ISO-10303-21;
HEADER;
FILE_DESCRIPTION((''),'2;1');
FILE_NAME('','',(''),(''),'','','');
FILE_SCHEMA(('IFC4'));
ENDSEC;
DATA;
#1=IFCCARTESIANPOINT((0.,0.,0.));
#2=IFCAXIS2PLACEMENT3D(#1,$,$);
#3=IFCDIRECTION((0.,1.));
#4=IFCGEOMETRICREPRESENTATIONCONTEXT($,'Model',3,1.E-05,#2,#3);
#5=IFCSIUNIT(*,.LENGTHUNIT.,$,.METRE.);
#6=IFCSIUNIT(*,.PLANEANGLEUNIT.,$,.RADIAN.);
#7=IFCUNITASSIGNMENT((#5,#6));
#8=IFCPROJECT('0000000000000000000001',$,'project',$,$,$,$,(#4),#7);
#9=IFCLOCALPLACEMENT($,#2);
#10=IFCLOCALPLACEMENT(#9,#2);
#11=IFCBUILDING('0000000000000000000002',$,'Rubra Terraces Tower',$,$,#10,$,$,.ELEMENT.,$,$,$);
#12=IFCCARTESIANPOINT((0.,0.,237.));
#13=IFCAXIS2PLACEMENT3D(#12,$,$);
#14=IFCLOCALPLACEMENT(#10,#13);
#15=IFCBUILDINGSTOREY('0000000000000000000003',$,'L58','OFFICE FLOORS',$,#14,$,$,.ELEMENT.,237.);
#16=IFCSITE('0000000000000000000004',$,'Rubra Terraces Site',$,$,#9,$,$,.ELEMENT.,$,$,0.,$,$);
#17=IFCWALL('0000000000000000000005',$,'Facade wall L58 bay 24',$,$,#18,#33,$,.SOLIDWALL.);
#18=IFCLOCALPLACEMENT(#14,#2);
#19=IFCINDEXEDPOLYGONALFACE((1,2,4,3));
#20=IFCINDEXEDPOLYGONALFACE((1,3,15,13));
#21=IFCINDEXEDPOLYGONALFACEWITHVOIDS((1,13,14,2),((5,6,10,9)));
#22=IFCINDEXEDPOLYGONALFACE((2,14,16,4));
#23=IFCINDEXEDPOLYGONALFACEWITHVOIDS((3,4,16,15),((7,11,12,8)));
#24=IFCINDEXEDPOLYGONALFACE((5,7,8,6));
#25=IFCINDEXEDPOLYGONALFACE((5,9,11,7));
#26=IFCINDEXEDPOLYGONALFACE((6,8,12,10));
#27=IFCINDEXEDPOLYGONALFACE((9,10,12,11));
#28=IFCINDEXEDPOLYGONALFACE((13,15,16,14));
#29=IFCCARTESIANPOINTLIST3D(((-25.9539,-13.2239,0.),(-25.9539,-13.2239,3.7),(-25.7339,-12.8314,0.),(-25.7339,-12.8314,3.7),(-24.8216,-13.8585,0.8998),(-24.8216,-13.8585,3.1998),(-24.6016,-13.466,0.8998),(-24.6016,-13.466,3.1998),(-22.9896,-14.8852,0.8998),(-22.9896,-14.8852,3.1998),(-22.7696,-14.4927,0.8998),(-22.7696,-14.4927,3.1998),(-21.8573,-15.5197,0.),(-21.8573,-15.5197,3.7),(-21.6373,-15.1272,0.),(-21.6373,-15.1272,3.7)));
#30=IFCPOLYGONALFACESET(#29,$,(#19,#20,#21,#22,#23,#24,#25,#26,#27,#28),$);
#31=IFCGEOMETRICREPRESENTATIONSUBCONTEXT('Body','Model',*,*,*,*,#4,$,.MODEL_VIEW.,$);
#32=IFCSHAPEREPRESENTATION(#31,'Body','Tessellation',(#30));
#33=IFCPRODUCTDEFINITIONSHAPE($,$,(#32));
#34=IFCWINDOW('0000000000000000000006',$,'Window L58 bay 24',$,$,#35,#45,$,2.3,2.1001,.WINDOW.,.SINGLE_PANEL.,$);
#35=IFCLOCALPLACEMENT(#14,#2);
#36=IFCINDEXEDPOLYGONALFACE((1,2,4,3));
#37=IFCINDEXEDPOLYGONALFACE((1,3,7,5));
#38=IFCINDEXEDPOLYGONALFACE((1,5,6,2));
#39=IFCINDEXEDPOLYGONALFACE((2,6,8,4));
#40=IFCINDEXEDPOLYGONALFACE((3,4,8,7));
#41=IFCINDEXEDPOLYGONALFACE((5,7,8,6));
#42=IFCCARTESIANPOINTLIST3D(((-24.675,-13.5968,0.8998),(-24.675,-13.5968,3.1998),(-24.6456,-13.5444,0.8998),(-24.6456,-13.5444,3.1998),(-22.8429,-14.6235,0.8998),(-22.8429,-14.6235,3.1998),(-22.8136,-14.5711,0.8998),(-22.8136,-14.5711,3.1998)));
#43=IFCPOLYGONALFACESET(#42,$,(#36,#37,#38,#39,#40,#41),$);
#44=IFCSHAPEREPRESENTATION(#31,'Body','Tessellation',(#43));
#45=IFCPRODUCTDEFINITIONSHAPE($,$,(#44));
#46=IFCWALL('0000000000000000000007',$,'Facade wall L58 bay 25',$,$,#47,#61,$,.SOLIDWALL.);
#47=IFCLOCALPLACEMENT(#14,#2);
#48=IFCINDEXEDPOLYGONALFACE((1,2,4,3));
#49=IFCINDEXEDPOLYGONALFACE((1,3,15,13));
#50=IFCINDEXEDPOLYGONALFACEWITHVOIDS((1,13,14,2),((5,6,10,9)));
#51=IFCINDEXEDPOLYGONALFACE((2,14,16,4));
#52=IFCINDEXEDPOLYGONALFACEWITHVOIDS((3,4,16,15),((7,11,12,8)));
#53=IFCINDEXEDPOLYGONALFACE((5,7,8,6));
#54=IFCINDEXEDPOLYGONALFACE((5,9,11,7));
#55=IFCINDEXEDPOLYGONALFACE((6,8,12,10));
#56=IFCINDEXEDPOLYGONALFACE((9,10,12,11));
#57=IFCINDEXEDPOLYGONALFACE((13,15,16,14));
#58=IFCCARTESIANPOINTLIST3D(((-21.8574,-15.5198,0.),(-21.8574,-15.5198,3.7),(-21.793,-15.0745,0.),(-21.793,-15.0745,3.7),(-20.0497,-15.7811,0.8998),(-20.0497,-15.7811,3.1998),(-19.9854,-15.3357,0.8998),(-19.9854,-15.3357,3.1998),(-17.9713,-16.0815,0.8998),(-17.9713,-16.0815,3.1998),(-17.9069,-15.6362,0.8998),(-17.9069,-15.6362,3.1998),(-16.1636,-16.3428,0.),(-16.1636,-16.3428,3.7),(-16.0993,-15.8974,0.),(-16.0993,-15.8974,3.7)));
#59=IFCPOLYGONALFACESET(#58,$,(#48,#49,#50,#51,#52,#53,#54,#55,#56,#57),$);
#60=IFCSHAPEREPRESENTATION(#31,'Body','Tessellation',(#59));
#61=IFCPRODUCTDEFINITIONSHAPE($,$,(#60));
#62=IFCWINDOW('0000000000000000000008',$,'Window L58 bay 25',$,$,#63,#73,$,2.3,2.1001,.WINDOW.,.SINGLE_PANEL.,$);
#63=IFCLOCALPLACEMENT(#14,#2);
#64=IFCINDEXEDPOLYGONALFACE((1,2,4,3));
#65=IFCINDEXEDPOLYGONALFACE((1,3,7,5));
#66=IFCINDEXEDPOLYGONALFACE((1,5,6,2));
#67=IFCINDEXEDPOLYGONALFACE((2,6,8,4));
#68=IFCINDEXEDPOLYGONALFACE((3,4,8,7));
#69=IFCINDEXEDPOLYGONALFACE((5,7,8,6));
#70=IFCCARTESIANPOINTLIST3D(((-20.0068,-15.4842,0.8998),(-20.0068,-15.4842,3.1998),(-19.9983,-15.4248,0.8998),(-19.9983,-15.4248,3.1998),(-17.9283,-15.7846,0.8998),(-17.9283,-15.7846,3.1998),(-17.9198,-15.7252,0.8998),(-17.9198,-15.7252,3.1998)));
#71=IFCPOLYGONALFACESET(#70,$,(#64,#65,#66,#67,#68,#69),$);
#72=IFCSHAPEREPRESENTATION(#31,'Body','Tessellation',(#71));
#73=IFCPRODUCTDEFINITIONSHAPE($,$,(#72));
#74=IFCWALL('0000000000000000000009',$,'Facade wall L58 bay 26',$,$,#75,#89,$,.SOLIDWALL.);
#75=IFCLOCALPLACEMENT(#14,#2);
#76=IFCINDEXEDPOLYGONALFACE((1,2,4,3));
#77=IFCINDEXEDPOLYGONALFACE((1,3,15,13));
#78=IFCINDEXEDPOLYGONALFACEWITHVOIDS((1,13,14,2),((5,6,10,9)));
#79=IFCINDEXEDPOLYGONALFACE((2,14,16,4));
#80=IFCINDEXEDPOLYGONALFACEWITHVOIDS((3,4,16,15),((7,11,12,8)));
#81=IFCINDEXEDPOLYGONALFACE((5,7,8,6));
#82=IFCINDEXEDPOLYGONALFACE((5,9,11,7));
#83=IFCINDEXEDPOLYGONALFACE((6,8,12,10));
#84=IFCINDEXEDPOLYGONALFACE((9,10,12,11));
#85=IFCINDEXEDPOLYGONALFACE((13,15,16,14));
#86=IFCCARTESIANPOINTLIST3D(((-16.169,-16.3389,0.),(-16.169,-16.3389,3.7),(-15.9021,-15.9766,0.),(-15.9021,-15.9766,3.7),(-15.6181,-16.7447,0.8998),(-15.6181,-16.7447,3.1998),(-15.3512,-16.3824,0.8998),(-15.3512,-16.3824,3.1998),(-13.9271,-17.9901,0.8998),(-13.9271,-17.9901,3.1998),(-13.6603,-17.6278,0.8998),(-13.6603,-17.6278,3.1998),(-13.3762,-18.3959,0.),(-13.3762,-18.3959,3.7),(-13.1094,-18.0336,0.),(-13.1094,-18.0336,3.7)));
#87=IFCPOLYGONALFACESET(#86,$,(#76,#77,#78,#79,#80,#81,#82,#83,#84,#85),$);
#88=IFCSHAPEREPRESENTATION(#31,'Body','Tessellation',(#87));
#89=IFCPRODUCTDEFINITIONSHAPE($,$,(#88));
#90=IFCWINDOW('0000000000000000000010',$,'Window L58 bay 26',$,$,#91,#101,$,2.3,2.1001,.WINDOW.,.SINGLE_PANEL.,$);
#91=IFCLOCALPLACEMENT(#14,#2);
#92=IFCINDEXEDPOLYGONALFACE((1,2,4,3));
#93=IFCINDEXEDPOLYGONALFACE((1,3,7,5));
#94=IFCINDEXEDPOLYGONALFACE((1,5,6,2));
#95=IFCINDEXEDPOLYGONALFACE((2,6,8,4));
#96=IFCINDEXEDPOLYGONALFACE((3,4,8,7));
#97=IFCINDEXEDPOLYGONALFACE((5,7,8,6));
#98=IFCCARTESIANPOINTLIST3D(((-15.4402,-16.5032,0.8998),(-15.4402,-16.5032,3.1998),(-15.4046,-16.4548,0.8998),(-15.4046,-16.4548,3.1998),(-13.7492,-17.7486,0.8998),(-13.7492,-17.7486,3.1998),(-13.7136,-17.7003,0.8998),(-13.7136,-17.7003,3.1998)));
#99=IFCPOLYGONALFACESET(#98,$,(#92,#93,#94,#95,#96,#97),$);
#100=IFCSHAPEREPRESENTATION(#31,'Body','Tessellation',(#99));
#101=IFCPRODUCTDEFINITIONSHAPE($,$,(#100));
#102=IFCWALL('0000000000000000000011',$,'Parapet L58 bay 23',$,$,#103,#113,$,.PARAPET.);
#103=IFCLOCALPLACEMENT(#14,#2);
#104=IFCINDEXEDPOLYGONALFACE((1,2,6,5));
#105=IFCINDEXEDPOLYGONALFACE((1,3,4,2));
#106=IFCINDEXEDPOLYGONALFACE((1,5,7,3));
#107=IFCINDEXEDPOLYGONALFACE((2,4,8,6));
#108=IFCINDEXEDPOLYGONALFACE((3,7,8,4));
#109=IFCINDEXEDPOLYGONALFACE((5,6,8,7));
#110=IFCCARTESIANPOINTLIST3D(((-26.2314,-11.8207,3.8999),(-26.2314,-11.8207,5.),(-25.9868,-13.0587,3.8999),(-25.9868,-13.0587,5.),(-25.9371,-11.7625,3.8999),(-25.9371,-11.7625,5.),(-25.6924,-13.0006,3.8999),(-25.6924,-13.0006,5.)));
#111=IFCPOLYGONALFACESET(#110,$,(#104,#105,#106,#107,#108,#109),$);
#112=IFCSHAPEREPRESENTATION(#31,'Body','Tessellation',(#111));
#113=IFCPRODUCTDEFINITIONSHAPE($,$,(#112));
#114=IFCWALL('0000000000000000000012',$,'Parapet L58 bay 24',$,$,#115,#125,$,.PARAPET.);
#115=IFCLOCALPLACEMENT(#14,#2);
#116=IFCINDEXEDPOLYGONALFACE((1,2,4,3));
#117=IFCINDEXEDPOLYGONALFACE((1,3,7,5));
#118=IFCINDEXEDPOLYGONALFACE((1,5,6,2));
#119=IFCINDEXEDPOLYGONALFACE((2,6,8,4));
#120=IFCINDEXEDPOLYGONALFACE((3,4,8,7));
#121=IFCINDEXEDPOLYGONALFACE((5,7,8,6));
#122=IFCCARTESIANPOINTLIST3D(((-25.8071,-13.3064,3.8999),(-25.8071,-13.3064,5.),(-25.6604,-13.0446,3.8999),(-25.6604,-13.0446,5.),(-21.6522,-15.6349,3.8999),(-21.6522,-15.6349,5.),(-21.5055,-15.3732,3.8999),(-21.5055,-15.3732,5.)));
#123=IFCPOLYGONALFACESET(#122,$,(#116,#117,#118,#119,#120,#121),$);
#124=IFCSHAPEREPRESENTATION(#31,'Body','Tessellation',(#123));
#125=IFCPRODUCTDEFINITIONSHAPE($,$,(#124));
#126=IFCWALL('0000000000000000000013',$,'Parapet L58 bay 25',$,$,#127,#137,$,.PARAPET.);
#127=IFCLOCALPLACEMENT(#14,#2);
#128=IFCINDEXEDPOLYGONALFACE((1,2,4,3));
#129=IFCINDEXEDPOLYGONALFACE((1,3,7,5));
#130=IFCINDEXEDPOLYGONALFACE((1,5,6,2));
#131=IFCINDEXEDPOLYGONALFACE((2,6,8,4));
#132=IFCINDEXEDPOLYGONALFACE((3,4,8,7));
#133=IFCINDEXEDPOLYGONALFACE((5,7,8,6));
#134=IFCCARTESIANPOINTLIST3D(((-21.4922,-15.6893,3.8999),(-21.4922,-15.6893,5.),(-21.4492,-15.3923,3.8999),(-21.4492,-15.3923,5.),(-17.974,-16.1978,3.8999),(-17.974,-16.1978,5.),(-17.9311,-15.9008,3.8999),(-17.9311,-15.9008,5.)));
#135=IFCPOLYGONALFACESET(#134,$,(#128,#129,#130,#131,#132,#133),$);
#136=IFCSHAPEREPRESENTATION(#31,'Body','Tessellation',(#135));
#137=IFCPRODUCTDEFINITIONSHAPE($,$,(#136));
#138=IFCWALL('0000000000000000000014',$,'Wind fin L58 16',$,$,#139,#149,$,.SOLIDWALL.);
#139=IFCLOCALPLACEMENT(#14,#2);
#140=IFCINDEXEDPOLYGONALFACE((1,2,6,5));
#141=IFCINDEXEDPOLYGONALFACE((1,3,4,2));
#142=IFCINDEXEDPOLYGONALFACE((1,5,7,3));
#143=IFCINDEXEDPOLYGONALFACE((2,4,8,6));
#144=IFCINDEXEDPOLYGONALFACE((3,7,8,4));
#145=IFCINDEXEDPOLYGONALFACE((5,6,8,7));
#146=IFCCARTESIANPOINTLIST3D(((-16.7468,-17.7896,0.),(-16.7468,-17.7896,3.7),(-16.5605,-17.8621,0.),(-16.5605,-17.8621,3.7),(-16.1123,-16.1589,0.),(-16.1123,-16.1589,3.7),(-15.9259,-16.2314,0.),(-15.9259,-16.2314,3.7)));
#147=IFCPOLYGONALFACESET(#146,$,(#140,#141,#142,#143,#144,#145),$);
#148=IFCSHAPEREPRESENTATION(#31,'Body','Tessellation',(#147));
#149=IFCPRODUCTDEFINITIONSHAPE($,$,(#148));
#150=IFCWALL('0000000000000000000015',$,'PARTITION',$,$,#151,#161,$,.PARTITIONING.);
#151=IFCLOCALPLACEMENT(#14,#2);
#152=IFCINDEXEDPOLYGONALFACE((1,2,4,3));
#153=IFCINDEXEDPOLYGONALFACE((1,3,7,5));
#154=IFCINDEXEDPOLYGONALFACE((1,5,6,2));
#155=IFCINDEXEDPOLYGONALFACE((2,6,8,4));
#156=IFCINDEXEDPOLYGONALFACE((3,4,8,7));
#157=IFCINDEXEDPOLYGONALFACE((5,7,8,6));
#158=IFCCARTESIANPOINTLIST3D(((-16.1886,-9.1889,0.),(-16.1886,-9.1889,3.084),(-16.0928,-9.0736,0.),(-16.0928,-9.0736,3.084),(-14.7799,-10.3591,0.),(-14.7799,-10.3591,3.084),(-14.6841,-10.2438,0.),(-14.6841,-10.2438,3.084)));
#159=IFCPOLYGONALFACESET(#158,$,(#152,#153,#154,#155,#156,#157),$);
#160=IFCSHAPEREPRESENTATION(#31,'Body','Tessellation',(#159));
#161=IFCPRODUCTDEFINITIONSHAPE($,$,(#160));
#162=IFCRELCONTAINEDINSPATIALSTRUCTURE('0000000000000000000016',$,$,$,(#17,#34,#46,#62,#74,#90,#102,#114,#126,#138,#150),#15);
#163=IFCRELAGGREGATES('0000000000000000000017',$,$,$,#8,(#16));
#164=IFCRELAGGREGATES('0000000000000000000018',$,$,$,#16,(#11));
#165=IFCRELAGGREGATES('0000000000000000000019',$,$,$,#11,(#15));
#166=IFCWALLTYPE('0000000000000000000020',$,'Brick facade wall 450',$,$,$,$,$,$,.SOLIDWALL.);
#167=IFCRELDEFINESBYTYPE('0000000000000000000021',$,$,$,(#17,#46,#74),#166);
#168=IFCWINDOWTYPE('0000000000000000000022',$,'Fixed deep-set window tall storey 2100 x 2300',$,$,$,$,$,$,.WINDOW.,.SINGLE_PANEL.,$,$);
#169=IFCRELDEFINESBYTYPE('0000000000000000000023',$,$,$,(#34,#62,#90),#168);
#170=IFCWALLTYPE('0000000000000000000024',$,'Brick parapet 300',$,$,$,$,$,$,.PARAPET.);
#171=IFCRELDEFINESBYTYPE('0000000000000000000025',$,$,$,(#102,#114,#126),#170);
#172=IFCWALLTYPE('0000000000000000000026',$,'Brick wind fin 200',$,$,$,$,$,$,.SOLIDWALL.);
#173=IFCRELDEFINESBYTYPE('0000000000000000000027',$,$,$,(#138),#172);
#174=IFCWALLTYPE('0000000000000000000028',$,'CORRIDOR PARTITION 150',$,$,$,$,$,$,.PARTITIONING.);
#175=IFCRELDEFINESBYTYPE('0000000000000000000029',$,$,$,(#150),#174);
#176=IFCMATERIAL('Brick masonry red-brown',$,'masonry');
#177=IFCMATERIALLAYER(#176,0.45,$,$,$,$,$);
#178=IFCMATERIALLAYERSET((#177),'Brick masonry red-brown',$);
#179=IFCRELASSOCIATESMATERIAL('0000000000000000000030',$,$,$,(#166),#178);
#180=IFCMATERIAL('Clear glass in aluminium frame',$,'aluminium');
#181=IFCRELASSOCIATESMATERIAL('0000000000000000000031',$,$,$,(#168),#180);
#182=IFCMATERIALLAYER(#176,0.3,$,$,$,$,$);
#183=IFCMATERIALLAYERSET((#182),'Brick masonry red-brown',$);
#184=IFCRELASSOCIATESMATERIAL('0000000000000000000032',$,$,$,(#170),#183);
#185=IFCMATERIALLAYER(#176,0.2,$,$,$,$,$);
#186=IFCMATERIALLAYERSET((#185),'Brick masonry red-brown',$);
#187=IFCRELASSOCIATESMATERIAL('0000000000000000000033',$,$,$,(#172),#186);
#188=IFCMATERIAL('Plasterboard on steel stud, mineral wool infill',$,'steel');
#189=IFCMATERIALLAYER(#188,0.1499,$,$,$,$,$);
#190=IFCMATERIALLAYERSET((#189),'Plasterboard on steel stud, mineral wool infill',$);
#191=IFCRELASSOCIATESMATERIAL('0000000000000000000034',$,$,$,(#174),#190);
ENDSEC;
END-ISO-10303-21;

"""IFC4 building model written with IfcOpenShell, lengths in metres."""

from ifc_helpers import new_model, si_unit, direction, frame, frame_2d, origin, place, context, subcontext, project, spatial, rectangle, extrude, material, layer, layer_set, type_object, element, fill, save


model = new_model("IFC4")

# Units and contexts
model_context = context("Model", 3, precision=1e-05, world=origin(), true_north=direction((0.0, 1.0)))
body_context = subcontext(model_context, "Body", "Model", "MODEL_VIEW")
ifc_project = project(units=[si_unit("LENGTHUNIT", "METRE"), si_unit("PLANEANGLEUNIT", "RADIAN")], contexts=[model_context])

# Site, building, storey
site_placement = place(None, origin())
site = spatial("IfcSite", under=ifc_project, at=site_placement, Name="Rubra Terraces Site", CompositionType="ELEMENT", RefElevation=0.0)
building_placement = place(site_placement, origin())
building = spatial("IfcBuilding", under=site, at=building_placement, Name="Rubra Terraces Tower", CompositionType="ELEMENT")
storey_placement = place(building_placement, frame((0.0, 0.0, 237.0)))
storey = spatial("IfcBuildingStorey", under=building, at=storey_placement, Name="L58", Description="OFFICE FLOORS", CompositionType="ELEMENT", Elevation=237.0)

# Walls, openings, windows
ifc_material_1 = material(Name="Brick masonry red-brown", Category="masonry")
ifc_layer_1 = layer(ifc_material_1, 0.45)
ifc_layer_set_1 = layer_set([ifc_layer_1], Name="Brick masonry red-brown")
wall_type_1 = type_object("IfcWallType", Name="Brick facade wall 450", PredefinedType="SOLIDWALL", material=ifc_layer_set_1)
wall_1_placement = place(storey_placement, frame((-25.844, -13.0276, 0.0), z_axis=(0.0, 0.0, 1.0), x_axis=(0.872346, -0.488888, 0.0)))
wall_1 = element("IfcWall", 1, at=wall_1_placement, inside=storey, type_object=wall_type_1, Name="Facade wall L58 bay 24", PredefinedType="SOLIDWALL", context=body_context, shape_type="SweptSolid", body=[
    extrude(rectangle(XDim=4.696, YDim=0.45, at=frame_2d((2.3481, 0.0))), origin(), (0.0, 0.0, 1.0), 3.7),
])
opening_1_placement = place(wall_1_placement, frame((1.2981, 0.0, 0.8999)))
opening_1 = element("IfcOpeningElement", 2, at=opening_1_placement, cuts=wall_1, PredefinedType="OPENING", context=body_context, shape_type="SweptSolid", body=[
    extrude(rectangle(XDim=2.1001, YDim=2.3, at=frame_2d((1.05, 1.1499))), frame((0.0, 0.2349, 0.0), z_axis=(0.0, -1.0, 0.0), x_axis=(1.0, 0.0, 0.0)), (0.0, 0.0, 1.0), 0.47),
])
ifc_material_2 = material(Name="Clear glass in aluminium frame", Category="aluminium")
window_type = type_object("IfcWindowType", Name="Fixed deep-set window tall storey 2100 x 2300", PartitioningType="SINGLE_PANEL", PredefinedType="WINDOW", material=ifc_material_2)
window_1_placement = place(opening_1_placement, origin())
window_1 = element("IfcWindow", 3, at=window_1_placement, inside=storey, type_object=window_type, Name="Window L58 bay 24", OverallHeight=2.3, OverallWidth=2.1001, PartitioningType="SINGLE_PANEL", PredefinedType="WINDOW", context=body_context, shape_type="SweptSolid", body=[
    extrude(rectangle(XDim=2.1001, YDim=2.3, at=frame_2d((1.05, 1.1499))), frame((0.0, 0.135, 0.0), z_axis=(0.0, -1.0, 0.0), x_axis=(1.0, 0.0, 0.0)), (0.0, 0.0, 1.0), 0.0601),
])
fill(opening_1, window_1)
wall_2_placement = place(storey_placement, frame((-21.8252, -15.2971, 0.0), z_axis=(0.0, 0.0, 1.0), x_axis=(0.989715, -0.143055, 0.0)))
wall_2 = element("IfcWall", 4, at=wall_2_placement, inside=storey, type_object=wall_type_1, Name="Facade wall L58 bay 25", PredefinedType="SOLIDWALL", context=body_context, shape_type="SweptSolid", body=[
    extrude(rectangle(XDim=5.7529, YDim=0.45, at=frame_2d((2.8765, 0.0))), origin(), (0.0, 0.0, 1.0), 3.7),
])
opening_2_placement = place(wall_2_placement, frame((1.8264, 0.0, 0.8999)))
opening_2 = element("IfcOpeningElement", 5, at=opening_2_placement, cuts=wall_2, PredefinedType="OPENING", context=body_context, shape_type="SweptSolid", body=[
    extrude(rectangle(XDim=2.1001, YDim=2.3, at=frame_2d((1.05, 1.1499))), frame((0.0, 0.2349, 0.0), z_axis=(0.0, -1.0, 0.0), x_axis=(1.0, 0.0, 0.0)), (0.0, 0.0, 1.0), 0.47),
])
window_2_placement = place(opening_2_placement, origin())
window_2 = element("IfcWindow", 6, at=window_2_placement, inside=storey, type_object=window_type, Name="Window L58 bay 25", OverallHeight=2.3, OverallWidth=2.1001, PartitioningType="SINGLE_PANEL", PredefinedType="WINDOW", context=body_context, shape_type="SweptSolid", body=[
    extrude(rectangle(XDim=2.1001, YDim=2.3, at=frame_2d((1.05, 1.1499))), frame((0.0, 0.135, 0.0), z_axis=(0.0, -1.0, 0.0), x_axis=(1.0, 0.0, 0.0)), (0.0, 0.0, 1.0), 0.0601),
])
fill(opening_2, window_2)
wall_3_placement = place(storey_placement, frame((-16.0356, -16.1577, 0.0), z_axis=(0.0, 0.0, 1.0), x_axis=(0.805181, -0.593029, 0.0)))
wall_3 = element("IfcWall", 7, at=wall_3_placement, inside=storey, type_object=wall_type_1, Name="Facade wall L58 bay 26", PredefinedType="SOLIDWALL", context=body_context, shape_type="SweptSolid", body=[
    extrude(rectangle(XDim=3.4685, YDim=0.45, at=frame_2d((1.7344, 0.0))), origin(), (0.0, 0.0, 1.0), 3.7),
])
opening_3_placement = place(wall_3_placement, frame((0.6843, 0.0, 0.8999)))
opening_3 = element("IfcOpeningElement", 8, at=opening_3_placement, cuts=wall_3, PredefinedType="OPENING", context=body_context, shape_type="SweptSolid", body=[
    extrude(rectangle(XDim=2.1001, YDim=2.3, at=frame_2d((1.05, 1.1499))), frame((0.0, 0.2349, 0.0), z_axis=(0.0, -1.0, 0.0), x_axis=(1.0, 0.0, 0.0)), (0.0, 0.0, 1.0), 0.47),
])
window_3_placement = place(opening_3_placement, origin())
window_3 = element("IfcWindow", 9, at=window_3_placement, inside=storey, type_object=window_type, Name="Window L58 bay 26", OverallHeight=2.3, OverallWidth=2.1001, PartitioningType="SINGLE_PANEL", PredefinedType="WINDOW", context=body_context, shape_type="SweptSolid", body=[
    extrude(rectangle(XDim=2.1001, YDim=2.3, at=frame_2d((1.05, 1.1499))), frame((0.0, 0.135, 0.0), z_axis=(0.0, -1.0, 0.0), x_axis=(1.0, 0.0, 0.0)), (0.0, 0.0, 1.0), 0.0601),
])
fill(opening_3, window_3)

# Walls
ifc_layer_2 = layer(ifc_material_1, 0.3)
ifc_layer_set_2 = layer_set([ifc_layer_2], Name="Brick masonry red-brown")
wall_type_2 = type_object("IfcWallType", Name="Brick parapet 300", PredefinedType="PARAPET", material=ifc_layer_set_2)
wall_4_placement = place(storey_placement, frame((-26.0842, -11.7917, 3.8999), z_axis=(0.0, 0.0, 1.0), x_axis=(0.193846, -0.981032, 0.0)))
element("IfcWall", 10, at=wall_4_placement, inside=storey, type_object=wall_type_2, Name="Parapet L58 bay 23", PredefinedType="PARAPET", context=body_context, shape_type="SweptSolid", body=[
    extrude(rectangle(XDim=1.262, YDim=0.3, at=frame_2d((0.6309, 0.0))), origin(), (0.0, 0.0, 1.0), 1.1001),
])
wall_5_placement = place(storey_placement, frame((-25.7336, -13.1755, 3.8999), z_axis=(0.0, 0.0, 1.0), x_axis=(0.872345, -0.488891, 0.0)))
element("IfcWall", 11, at=wall_5_placement, inside=storey, type_object=wall_type_2, Name="Parapet L58 bay 24", PredefinedType="PARAPET", context=body_context, shape_type="SweptSolid", body=[
    extrude(rectangle(XDim=4.7629, YDim=0.3, at=frame_2d((2.3813, 0.0))), origin(), (0.0, 0.0, 1.0), 1.1001),
])
wall_6_placement = place(storey_placement, frame((-21.4707, -15.5408, 3.8999), z_axis=(0.0, 0.0, 1.0), x_axis=(0.989713, -0.143065, 0.0)))
element("IfcWall", 12, at=wall_6_placement, inside=storey, type_object=wall_type_2, Name="Parapet L58 bay 25", PredefinedType="PARAPET", context=body_context, shape_type="SweptSolid", body=[
    extrude(rectangle(XDim=3.5547, YDim=0.3, at=frame_2d((1.7773, 0.0))), origin(), (0.0, 0.0, 1.0), 1.1001),
])
ifc_layer_3 = layer(ifc_material_1, 0.2)
ifc_layer_set_3 = layer_set([ifc_layer_3], Name="Brick masonry red-brown")
wall_type_3 = type_object("IfcWallType", Name="Brick wind fin 200", PredefinedType="SOLIDWALL", material=ifc_layer_set_3)
wall_7_placement = place(storey_placement, frame((-16.019, -16.1951, 0.0), z_axis=(0.0, 0.0, 1.0), x_axis=(-0.362642, -0.931929, 0.0)))
element("IfcWall", 13, at=wall_7_placement, inside=storey, type_object=wall_type_3, Name="Wind fin L58 16", PredefinedType="SOLIDWALL", context=body_context, shape_type="SweptSolid", body=[
    extrude(rectangle(XDim=1.7498, YDim=0.2, at=frame_2d((0.875, 0.0))), origin(), (0.0, 0.0, 1.0), 3.7),
])
ifc_material_3 = material(Name="Plasterboard on steel stud, mineral wool infill", Category="steel")
ifc_layer_4 = layer(ifc_material_3, 0.1499)
ifc_layer_set_4 = layer_set([ifc_layer_4], Name="Plasterboard on steel stud, mineral wool infill")
wall_type_4 = type_object("IfcWallType", Name="CORRIDOR PARTITION 150", PredefinedType="PARTITIONING", material=ifc_layer_set_4)
wall_8_placement = place(storey_placement, frame((-16.1406, -9.1313, 0.0), z_axis=(0.0, 0.0, 1.0), x_axis=(0.769226, -0.638977, 0.0)))
element("IfcWall", 14, at=wall_8_placement, inside=storey, type_object=wall_type_4, Name="PARTITION", PredefinedType="PARTITIONING", context=body_context, shape_type="SweptSolid", body=[
    extrude(rectangle(XDim=1.8313, YDim=0.1499, at=frame_2d((0.9155, 0.0))), origin(), (0.0, 0.0, 1.0), 3.084),
])

save(model, "model.ifc")
